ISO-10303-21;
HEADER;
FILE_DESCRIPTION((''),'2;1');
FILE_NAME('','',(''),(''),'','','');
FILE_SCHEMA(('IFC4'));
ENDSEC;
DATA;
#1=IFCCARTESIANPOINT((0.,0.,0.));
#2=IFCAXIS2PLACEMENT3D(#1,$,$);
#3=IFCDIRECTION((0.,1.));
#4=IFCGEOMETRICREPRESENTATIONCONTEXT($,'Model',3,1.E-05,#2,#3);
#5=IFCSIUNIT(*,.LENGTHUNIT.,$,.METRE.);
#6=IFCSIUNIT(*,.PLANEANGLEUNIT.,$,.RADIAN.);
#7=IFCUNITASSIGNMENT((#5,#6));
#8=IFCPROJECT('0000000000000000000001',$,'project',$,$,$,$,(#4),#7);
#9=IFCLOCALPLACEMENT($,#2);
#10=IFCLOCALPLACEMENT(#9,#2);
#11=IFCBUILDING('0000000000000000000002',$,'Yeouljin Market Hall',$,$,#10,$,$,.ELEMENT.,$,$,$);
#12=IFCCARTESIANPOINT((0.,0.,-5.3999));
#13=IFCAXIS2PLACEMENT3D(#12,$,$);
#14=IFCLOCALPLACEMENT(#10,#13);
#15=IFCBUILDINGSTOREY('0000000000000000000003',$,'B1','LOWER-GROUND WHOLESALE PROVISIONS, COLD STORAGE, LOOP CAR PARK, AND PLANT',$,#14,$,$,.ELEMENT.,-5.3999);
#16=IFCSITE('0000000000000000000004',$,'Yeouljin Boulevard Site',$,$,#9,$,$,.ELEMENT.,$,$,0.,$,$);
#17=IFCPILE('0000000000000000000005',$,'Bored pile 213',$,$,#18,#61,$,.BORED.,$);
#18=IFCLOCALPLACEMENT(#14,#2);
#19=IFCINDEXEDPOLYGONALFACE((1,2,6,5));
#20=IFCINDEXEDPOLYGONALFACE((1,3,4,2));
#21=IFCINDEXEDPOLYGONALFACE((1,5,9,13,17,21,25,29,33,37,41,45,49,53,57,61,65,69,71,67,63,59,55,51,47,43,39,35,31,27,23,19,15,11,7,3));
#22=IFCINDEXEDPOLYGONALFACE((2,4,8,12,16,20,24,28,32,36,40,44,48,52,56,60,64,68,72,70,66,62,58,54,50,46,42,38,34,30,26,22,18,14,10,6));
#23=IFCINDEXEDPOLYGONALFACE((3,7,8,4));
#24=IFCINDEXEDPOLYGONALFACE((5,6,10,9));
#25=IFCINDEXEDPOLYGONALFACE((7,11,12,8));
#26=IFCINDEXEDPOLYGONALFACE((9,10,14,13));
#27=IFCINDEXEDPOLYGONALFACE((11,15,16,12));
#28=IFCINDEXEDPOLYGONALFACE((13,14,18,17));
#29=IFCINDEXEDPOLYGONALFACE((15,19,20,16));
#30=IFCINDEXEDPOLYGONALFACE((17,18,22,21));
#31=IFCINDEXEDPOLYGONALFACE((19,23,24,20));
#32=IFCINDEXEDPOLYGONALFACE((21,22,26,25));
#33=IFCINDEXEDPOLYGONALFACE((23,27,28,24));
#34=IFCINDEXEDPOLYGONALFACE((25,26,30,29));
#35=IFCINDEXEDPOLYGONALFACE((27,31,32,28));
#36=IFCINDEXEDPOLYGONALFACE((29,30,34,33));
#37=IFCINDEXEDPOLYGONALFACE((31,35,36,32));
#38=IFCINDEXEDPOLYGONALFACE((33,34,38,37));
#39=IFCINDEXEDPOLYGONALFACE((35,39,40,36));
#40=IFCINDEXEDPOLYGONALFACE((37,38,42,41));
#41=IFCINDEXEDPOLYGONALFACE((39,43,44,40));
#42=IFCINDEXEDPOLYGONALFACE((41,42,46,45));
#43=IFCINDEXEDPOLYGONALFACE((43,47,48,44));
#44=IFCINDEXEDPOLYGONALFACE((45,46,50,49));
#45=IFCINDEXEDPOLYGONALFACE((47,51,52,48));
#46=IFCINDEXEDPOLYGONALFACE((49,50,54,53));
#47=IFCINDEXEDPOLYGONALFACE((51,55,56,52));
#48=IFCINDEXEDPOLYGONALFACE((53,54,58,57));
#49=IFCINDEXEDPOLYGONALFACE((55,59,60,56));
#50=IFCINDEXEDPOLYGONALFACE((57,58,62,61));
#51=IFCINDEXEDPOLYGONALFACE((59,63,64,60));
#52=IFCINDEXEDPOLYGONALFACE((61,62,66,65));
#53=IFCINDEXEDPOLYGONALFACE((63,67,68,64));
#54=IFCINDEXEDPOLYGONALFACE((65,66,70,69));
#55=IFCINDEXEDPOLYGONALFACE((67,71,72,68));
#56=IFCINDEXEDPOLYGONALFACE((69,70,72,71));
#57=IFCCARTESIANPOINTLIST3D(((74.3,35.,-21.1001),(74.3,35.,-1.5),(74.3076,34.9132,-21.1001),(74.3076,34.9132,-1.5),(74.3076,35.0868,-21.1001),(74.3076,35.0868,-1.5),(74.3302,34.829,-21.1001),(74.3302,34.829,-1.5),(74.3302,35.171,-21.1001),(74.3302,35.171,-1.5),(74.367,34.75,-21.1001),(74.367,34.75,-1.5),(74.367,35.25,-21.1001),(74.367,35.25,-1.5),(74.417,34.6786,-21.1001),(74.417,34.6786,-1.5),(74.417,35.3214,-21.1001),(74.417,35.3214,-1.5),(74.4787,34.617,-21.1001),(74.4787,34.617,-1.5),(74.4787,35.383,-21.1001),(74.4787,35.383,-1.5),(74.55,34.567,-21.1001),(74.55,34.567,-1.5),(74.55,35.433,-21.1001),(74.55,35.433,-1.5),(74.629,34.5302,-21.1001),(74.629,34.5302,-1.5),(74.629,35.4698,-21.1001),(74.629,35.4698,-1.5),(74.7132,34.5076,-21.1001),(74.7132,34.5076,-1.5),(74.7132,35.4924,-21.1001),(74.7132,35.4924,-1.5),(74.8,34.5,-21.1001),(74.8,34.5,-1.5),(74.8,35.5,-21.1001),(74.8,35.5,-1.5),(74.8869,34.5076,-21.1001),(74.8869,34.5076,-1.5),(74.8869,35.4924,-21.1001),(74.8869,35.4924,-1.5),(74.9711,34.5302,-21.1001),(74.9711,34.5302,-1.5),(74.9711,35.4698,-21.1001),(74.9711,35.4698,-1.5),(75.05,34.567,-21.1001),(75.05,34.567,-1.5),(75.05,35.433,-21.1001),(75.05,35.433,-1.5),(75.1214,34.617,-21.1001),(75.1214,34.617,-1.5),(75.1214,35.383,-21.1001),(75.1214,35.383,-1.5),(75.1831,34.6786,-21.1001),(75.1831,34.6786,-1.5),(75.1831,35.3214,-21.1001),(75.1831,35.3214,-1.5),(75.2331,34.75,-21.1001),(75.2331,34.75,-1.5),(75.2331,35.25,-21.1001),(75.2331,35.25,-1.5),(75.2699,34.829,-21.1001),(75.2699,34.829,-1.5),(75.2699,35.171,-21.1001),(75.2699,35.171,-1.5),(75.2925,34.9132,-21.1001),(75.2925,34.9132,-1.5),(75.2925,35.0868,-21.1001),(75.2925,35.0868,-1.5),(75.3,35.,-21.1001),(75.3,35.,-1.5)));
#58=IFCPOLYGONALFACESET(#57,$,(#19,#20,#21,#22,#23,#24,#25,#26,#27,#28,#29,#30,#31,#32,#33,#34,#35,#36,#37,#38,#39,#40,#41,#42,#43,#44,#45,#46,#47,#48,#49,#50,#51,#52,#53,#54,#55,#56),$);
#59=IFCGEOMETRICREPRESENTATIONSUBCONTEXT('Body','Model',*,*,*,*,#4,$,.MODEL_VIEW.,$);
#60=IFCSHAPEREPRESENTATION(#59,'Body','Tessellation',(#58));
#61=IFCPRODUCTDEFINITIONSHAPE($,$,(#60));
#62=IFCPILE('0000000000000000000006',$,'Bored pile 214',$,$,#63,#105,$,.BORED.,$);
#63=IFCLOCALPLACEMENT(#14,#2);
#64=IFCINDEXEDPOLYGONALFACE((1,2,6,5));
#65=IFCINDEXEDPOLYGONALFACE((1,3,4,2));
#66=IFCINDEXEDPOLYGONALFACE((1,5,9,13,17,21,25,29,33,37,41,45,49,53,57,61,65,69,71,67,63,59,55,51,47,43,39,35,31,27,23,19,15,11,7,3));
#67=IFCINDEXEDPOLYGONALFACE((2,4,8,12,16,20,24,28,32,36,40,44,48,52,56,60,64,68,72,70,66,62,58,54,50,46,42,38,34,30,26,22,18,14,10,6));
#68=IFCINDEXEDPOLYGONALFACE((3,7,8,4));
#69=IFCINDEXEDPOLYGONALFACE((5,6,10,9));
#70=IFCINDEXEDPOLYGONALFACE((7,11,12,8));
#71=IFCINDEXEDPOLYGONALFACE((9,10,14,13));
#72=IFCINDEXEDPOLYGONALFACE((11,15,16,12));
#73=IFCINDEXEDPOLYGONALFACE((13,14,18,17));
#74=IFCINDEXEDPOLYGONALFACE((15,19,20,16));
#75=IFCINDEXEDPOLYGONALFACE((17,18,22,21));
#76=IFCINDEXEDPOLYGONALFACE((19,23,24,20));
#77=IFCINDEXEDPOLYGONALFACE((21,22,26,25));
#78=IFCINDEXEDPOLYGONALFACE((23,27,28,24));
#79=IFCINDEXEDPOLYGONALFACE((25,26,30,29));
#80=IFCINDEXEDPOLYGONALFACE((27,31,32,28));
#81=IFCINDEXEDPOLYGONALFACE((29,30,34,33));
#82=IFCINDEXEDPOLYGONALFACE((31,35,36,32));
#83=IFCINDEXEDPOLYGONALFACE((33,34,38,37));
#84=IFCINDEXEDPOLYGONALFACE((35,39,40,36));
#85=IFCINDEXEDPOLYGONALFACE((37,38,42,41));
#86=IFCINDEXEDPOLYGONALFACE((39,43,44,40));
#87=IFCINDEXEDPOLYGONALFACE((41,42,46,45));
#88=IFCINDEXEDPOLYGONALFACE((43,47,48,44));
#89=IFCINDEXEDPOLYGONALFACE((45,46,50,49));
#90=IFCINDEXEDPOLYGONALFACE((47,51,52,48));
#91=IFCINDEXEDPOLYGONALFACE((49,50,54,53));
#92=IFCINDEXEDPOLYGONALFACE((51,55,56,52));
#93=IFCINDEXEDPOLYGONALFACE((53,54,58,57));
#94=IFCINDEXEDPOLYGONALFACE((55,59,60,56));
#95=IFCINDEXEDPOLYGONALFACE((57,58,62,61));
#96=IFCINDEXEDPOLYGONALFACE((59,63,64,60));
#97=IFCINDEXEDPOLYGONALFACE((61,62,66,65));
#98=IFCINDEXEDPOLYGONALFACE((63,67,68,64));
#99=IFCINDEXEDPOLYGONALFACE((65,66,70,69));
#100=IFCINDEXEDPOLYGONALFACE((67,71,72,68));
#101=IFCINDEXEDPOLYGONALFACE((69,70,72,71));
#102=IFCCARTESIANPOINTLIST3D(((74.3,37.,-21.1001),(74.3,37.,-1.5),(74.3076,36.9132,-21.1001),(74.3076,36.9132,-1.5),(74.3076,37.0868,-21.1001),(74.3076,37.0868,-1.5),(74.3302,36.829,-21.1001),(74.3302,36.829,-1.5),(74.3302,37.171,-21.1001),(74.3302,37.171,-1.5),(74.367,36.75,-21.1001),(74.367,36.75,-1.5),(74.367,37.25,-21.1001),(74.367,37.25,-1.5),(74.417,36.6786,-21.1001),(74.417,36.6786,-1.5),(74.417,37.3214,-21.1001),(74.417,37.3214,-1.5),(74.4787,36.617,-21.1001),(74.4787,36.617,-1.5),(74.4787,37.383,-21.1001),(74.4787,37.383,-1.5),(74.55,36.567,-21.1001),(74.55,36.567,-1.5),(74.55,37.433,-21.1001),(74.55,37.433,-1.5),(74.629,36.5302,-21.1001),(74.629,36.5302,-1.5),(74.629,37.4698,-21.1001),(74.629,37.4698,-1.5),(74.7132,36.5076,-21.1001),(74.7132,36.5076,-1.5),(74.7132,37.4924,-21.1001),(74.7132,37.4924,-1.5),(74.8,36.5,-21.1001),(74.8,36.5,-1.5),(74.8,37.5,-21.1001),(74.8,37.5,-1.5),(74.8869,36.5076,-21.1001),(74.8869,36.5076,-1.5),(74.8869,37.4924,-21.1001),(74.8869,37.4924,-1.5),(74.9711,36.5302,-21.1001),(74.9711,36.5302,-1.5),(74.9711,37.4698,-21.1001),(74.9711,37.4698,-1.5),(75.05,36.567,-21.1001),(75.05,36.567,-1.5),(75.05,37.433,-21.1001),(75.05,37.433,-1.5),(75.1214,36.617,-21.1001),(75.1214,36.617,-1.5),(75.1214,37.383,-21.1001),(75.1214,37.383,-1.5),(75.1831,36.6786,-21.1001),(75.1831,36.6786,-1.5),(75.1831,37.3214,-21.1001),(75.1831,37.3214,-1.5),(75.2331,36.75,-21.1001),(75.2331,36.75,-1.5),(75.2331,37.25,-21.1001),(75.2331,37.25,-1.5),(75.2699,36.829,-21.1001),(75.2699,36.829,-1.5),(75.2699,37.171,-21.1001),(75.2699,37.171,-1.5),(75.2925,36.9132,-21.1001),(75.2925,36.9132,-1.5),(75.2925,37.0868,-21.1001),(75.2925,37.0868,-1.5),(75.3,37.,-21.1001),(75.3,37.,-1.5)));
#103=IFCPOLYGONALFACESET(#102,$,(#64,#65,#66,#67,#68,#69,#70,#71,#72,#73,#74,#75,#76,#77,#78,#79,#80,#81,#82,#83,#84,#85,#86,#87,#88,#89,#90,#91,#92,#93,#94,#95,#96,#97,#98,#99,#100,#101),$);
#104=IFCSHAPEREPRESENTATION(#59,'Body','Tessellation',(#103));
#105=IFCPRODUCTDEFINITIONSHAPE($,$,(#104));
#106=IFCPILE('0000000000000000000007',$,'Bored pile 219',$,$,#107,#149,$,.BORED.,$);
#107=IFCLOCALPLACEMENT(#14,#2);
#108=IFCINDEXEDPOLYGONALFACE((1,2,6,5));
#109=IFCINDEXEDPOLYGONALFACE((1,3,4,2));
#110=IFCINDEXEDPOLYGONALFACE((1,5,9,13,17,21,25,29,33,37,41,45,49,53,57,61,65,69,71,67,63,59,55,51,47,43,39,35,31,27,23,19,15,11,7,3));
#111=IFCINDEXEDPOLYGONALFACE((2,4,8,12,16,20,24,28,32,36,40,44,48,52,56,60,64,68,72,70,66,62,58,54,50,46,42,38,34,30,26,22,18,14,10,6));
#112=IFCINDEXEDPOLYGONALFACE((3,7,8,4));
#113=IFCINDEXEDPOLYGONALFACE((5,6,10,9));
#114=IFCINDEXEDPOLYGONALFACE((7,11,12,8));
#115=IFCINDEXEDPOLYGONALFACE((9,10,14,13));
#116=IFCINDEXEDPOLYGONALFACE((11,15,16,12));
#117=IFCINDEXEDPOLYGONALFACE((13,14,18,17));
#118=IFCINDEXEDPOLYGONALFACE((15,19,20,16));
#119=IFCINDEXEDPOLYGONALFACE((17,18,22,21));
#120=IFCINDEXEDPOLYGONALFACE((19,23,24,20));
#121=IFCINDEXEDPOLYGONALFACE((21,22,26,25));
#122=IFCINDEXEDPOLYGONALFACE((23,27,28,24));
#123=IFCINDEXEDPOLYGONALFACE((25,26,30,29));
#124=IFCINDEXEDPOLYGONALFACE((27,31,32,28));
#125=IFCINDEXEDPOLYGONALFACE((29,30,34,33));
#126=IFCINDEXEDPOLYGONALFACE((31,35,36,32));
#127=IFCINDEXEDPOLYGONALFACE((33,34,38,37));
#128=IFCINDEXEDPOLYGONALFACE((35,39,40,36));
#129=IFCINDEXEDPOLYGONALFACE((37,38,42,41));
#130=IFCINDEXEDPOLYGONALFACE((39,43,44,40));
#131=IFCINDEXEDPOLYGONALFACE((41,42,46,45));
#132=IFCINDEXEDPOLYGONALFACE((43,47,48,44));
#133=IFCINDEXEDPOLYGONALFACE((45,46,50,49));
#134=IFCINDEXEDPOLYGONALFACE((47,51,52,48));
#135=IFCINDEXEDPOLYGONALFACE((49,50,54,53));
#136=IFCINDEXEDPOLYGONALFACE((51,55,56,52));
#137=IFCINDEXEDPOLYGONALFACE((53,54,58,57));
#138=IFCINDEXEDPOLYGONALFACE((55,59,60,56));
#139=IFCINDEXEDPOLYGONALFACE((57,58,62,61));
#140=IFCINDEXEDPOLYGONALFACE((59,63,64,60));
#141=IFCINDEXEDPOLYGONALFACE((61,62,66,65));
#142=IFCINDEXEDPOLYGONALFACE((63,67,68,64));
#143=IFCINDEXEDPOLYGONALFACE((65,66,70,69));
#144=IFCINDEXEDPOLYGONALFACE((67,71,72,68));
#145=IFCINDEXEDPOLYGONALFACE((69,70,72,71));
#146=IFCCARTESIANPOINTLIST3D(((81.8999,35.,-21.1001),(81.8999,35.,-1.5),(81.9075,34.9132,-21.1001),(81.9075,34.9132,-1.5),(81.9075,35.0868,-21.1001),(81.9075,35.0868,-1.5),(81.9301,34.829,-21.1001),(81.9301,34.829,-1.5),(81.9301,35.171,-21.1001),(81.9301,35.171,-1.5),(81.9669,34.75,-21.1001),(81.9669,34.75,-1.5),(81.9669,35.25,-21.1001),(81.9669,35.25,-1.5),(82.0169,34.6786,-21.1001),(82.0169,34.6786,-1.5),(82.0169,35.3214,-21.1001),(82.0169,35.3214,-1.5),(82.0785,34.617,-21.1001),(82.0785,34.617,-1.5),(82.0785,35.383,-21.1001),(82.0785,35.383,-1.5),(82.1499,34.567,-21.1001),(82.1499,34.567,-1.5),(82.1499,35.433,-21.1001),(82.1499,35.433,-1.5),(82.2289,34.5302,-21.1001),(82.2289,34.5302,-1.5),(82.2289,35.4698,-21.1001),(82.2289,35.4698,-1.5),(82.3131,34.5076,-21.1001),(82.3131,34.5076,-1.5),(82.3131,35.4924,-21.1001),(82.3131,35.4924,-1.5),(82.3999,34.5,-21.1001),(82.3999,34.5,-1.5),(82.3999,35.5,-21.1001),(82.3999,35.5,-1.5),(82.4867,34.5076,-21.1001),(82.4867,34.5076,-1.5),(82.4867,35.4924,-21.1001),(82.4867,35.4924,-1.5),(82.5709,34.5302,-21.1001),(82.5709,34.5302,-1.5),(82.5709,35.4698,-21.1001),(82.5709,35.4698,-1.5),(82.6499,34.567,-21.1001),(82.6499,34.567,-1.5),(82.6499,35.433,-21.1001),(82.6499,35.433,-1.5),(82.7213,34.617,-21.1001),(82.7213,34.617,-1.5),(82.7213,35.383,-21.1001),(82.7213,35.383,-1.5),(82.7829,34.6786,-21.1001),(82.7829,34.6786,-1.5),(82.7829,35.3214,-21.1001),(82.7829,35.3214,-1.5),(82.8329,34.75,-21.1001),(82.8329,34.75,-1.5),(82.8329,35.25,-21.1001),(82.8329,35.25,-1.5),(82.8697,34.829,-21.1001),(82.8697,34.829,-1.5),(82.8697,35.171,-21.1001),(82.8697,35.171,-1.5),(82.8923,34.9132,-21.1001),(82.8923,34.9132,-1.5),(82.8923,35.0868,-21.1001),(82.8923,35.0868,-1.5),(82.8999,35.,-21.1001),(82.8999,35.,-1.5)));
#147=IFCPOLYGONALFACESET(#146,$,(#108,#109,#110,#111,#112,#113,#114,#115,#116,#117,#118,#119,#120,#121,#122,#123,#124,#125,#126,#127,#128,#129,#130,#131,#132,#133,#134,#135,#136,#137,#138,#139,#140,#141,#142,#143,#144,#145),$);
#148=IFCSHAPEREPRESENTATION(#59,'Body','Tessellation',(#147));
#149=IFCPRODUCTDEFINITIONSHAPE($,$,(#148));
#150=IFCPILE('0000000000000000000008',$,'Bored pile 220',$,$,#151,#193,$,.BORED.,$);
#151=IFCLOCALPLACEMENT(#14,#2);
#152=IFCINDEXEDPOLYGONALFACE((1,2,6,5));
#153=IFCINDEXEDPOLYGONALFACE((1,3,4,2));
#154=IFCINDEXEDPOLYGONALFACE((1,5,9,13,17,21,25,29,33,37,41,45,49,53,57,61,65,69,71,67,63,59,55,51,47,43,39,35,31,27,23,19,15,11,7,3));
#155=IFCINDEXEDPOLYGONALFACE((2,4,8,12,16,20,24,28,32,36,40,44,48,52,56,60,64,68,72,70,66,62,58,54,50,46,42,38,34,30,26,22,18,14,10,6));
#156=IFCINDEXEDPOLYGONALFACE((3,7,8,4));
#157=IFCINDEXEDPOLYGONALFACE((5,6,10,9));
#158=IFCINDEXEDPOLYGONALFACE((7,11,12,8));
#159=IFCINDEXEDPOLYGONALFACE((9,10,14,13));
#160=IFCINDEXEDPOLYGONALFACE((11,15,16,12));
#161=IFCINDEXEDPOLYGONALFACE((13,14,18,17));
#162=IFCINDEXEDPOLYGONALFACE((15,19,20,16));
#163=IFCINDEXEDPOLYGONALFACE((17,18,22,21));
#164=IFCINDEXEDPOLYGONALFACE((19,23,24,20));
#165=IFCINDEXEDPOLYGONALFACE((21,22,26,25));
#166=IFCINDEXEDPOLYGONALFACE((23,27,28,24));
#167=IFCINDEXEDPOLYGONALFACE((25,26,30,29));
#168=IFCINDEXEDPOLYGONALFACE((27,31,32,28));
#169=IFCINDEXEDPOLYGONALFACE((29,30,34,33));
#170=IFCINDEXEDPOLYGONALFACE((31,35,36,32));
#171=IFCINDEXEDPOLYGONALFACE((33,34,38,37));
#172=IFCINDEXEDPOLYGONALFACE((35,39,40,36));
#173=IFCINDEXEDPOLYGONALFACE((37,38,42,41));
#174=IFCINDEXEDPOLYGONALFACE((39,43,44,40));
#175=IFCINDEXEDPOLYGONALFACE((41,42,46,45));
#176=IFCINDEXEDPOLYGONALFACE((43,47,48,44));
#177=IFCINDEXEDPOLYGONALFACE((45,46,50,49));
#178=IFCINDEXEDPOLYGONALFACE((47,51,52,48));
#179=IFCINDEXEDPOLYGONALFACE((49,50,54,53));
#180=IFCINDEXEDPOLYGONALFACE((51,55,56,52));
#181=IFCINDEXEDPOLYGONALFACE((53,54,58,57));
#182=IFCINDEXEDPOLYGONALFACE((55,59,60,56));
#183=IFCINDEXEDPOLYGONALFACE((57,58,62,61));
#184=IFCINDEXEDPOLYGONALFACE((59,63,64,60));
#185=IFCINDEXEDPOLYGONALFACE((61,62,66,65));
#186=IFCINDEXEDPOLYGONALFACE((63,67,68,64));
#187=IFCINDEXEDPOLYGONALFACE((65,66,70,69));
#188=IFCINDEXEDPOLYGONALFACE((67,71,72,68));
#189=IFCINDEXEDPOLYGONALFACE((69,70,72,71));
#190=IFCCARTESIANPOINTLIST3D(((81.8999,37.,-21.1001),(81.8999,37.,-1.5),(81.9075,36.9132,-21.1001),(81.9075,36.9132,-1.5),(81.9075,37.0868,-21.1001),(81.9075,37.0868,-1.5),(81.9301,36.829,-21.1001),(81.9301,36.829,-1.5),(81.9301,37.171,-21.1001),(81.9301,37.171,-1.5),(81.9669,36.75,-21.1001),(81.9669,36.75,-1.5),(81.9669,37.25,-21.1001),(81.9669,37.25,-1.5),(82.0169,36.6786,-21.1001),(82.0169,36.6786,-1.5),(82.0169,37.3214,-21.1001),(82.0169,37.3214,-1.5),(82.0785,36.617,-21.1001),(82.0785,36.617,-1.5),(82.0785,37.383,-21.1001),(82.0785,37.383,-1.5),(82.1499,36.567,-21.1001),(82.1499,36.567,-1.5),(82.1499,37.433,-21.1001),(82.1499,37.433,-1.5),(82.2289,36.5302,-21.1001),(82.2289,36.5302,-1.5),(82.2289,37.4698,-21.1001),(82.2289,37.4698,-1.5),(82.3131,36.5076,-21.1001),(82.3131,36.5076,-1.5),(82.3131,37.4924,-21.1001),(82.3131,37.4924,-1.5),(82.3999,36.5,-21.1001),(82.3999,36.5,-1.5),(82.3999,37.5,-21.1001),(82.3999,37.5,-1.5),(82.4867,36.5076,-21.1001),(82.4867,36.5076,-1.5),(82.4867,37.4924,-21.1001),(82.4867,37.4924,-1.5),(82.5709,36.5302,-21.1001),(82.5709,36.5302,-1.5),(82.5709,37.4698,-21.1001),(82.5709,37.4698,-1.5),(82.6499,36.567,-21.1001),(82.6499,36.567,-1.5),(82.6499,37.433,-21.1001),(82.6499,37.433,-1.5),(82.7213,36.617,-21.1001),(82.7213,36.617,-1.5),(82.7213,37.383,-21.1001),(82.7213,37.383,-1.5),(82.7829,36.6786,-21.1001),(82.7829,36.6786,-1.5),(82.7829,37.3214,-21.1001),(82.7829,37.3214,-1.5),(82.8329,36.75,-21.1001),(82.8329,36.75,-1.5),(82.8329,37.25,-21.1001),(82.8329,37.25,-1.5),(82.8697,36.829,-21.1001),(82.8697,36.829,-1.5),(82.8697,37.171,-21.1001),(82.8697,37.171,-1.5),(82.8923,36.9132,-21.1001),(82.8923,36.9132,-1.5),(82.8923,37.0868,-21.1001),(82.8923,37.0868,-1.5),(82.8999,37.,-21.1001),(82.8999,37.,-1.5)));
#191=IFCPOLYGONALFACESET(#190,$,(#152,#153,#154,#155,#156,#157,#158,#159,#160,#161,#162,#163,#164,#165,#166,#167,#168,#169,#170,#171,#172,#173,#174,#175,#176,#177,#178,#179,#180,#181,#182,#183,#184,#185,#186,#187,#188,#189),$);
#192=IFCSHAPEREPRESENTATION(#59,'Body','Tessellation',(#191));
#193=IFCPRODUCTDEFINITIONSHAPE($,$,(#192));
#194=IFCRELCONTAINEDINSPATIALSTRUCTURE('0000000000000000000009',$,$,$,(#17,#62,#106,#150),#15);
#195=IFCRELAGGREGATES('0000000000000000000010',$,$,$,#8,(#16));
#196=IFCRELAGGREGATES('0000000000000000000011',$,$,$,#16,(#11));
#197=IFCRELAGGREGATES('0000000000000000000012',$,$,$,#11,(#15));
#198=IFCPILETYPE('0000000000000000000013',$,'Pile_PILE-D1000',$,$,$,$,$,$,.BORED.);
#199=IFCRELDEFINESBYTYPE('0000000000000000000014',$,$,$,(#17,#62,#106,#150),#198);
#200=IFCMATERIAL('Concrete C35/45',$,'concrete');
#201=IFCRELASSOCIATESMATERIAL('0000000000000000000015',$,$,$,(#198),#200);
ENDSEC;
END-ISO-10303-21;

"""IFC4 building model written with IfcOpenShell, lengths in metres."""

from ifc_helpers import new_model, si_unit, direction, frame, origin, origin_2d, place, context, subcontext, project, spatial, circle, extrude, material, material_profile, profile_set, type_object, element, save


model = new_model("IFC4")

# Units and contexts
model_context = context("Model", 3, precision=1e-05, world=origin(), true_north=direction((0.0, 1.0)))
body_context = subcontext(model_context, "Body", "Model", "MODEL_VIEW")
ifc_project = project(units=[si_unit("LENGTHUNIT", "METRE"), si_unit("PLANEANGLEUNIT", "RADIAN")], contexts=[model_context])

# Site, building, storey
site_placement = place(None, origin())
site = spatial("IfcSite", under=ifc_project, at=site_placement, Name="Yeouljin Boulevard Site", CompositionType="ELEMENT", RefElevation=0.0)
building_placement = place(site_placement, origin())
building = spatial("IfcBuilding", under=site, at=building_placement, Name="Yeouljin Market Hall", CompositionType="ELEMENT")
storey_placement = place(building_placement, frame((0.0, 0.0, -5.3999)))
storey = spatial("IfcBuildingStorey", under=building, at=storey_placement, Name="B1", Description="LOWER-GROUND WHOLESALE PROVISIONS, COLD STORAGE, LOOP CAR PARK, AND PLANT", CompositionType="ELEMENT", Elevation=-5.3999)

# Piles
ifc_material_1 = material(Name="Concrete C35/45", Category="concrete")
ifc_material_profile_1 = material_profile(ifc_material_1, circle(Radius=0.5, at=origin_2d()), Name="PILE-D1000")
ifc_profile_set_1 = profile_set([ifc_material_profile_1], Name="Concrete C35/45")
pile_type = type_object("IfcPileType", Name="Pile_PILE-D1000", PredefinedType="BORED", material=ifc_profile_set_1)
for number, where, z_axis, x_axis, name in (
    (1, (74.8, 35.0, -1.5), (0.0, 0.0, -1.0), (1.0, 0.0, 0.0), "Bored pile 213"),
    (2, (74.8, 37.0, -1.5), (0.0, 0.0, -1.0), (1.0, 0.0, 0.0), "Bored pile 214"),
    (3, (82.3999, 35.0, -1.5), (0.0, 0.0, -1.0), (1.0, 0.0, 0.0), "Bored pile 219"),
    (4, (82.3999, 37.0, -1.5), (0.0, 0.0, -1.0), (1.0, 0.0, 0.0), "Bored pile 220"),
):
    element("IfcPile", number, at=place(storey_placement, frame(where, z_axis=z_axis, x_axis=x_axis)), inside=storey, type_object=pile_type, Name=name, PredefinedType="BORED", context=body_context, shape_type="SweptSolid", body=[
        extrude(circle(Radius=0.5, at=origin_2d()), origin(), (0.0, 0.0, 1.0), 19.6001),
    ])

save(model, "model.ifc")
